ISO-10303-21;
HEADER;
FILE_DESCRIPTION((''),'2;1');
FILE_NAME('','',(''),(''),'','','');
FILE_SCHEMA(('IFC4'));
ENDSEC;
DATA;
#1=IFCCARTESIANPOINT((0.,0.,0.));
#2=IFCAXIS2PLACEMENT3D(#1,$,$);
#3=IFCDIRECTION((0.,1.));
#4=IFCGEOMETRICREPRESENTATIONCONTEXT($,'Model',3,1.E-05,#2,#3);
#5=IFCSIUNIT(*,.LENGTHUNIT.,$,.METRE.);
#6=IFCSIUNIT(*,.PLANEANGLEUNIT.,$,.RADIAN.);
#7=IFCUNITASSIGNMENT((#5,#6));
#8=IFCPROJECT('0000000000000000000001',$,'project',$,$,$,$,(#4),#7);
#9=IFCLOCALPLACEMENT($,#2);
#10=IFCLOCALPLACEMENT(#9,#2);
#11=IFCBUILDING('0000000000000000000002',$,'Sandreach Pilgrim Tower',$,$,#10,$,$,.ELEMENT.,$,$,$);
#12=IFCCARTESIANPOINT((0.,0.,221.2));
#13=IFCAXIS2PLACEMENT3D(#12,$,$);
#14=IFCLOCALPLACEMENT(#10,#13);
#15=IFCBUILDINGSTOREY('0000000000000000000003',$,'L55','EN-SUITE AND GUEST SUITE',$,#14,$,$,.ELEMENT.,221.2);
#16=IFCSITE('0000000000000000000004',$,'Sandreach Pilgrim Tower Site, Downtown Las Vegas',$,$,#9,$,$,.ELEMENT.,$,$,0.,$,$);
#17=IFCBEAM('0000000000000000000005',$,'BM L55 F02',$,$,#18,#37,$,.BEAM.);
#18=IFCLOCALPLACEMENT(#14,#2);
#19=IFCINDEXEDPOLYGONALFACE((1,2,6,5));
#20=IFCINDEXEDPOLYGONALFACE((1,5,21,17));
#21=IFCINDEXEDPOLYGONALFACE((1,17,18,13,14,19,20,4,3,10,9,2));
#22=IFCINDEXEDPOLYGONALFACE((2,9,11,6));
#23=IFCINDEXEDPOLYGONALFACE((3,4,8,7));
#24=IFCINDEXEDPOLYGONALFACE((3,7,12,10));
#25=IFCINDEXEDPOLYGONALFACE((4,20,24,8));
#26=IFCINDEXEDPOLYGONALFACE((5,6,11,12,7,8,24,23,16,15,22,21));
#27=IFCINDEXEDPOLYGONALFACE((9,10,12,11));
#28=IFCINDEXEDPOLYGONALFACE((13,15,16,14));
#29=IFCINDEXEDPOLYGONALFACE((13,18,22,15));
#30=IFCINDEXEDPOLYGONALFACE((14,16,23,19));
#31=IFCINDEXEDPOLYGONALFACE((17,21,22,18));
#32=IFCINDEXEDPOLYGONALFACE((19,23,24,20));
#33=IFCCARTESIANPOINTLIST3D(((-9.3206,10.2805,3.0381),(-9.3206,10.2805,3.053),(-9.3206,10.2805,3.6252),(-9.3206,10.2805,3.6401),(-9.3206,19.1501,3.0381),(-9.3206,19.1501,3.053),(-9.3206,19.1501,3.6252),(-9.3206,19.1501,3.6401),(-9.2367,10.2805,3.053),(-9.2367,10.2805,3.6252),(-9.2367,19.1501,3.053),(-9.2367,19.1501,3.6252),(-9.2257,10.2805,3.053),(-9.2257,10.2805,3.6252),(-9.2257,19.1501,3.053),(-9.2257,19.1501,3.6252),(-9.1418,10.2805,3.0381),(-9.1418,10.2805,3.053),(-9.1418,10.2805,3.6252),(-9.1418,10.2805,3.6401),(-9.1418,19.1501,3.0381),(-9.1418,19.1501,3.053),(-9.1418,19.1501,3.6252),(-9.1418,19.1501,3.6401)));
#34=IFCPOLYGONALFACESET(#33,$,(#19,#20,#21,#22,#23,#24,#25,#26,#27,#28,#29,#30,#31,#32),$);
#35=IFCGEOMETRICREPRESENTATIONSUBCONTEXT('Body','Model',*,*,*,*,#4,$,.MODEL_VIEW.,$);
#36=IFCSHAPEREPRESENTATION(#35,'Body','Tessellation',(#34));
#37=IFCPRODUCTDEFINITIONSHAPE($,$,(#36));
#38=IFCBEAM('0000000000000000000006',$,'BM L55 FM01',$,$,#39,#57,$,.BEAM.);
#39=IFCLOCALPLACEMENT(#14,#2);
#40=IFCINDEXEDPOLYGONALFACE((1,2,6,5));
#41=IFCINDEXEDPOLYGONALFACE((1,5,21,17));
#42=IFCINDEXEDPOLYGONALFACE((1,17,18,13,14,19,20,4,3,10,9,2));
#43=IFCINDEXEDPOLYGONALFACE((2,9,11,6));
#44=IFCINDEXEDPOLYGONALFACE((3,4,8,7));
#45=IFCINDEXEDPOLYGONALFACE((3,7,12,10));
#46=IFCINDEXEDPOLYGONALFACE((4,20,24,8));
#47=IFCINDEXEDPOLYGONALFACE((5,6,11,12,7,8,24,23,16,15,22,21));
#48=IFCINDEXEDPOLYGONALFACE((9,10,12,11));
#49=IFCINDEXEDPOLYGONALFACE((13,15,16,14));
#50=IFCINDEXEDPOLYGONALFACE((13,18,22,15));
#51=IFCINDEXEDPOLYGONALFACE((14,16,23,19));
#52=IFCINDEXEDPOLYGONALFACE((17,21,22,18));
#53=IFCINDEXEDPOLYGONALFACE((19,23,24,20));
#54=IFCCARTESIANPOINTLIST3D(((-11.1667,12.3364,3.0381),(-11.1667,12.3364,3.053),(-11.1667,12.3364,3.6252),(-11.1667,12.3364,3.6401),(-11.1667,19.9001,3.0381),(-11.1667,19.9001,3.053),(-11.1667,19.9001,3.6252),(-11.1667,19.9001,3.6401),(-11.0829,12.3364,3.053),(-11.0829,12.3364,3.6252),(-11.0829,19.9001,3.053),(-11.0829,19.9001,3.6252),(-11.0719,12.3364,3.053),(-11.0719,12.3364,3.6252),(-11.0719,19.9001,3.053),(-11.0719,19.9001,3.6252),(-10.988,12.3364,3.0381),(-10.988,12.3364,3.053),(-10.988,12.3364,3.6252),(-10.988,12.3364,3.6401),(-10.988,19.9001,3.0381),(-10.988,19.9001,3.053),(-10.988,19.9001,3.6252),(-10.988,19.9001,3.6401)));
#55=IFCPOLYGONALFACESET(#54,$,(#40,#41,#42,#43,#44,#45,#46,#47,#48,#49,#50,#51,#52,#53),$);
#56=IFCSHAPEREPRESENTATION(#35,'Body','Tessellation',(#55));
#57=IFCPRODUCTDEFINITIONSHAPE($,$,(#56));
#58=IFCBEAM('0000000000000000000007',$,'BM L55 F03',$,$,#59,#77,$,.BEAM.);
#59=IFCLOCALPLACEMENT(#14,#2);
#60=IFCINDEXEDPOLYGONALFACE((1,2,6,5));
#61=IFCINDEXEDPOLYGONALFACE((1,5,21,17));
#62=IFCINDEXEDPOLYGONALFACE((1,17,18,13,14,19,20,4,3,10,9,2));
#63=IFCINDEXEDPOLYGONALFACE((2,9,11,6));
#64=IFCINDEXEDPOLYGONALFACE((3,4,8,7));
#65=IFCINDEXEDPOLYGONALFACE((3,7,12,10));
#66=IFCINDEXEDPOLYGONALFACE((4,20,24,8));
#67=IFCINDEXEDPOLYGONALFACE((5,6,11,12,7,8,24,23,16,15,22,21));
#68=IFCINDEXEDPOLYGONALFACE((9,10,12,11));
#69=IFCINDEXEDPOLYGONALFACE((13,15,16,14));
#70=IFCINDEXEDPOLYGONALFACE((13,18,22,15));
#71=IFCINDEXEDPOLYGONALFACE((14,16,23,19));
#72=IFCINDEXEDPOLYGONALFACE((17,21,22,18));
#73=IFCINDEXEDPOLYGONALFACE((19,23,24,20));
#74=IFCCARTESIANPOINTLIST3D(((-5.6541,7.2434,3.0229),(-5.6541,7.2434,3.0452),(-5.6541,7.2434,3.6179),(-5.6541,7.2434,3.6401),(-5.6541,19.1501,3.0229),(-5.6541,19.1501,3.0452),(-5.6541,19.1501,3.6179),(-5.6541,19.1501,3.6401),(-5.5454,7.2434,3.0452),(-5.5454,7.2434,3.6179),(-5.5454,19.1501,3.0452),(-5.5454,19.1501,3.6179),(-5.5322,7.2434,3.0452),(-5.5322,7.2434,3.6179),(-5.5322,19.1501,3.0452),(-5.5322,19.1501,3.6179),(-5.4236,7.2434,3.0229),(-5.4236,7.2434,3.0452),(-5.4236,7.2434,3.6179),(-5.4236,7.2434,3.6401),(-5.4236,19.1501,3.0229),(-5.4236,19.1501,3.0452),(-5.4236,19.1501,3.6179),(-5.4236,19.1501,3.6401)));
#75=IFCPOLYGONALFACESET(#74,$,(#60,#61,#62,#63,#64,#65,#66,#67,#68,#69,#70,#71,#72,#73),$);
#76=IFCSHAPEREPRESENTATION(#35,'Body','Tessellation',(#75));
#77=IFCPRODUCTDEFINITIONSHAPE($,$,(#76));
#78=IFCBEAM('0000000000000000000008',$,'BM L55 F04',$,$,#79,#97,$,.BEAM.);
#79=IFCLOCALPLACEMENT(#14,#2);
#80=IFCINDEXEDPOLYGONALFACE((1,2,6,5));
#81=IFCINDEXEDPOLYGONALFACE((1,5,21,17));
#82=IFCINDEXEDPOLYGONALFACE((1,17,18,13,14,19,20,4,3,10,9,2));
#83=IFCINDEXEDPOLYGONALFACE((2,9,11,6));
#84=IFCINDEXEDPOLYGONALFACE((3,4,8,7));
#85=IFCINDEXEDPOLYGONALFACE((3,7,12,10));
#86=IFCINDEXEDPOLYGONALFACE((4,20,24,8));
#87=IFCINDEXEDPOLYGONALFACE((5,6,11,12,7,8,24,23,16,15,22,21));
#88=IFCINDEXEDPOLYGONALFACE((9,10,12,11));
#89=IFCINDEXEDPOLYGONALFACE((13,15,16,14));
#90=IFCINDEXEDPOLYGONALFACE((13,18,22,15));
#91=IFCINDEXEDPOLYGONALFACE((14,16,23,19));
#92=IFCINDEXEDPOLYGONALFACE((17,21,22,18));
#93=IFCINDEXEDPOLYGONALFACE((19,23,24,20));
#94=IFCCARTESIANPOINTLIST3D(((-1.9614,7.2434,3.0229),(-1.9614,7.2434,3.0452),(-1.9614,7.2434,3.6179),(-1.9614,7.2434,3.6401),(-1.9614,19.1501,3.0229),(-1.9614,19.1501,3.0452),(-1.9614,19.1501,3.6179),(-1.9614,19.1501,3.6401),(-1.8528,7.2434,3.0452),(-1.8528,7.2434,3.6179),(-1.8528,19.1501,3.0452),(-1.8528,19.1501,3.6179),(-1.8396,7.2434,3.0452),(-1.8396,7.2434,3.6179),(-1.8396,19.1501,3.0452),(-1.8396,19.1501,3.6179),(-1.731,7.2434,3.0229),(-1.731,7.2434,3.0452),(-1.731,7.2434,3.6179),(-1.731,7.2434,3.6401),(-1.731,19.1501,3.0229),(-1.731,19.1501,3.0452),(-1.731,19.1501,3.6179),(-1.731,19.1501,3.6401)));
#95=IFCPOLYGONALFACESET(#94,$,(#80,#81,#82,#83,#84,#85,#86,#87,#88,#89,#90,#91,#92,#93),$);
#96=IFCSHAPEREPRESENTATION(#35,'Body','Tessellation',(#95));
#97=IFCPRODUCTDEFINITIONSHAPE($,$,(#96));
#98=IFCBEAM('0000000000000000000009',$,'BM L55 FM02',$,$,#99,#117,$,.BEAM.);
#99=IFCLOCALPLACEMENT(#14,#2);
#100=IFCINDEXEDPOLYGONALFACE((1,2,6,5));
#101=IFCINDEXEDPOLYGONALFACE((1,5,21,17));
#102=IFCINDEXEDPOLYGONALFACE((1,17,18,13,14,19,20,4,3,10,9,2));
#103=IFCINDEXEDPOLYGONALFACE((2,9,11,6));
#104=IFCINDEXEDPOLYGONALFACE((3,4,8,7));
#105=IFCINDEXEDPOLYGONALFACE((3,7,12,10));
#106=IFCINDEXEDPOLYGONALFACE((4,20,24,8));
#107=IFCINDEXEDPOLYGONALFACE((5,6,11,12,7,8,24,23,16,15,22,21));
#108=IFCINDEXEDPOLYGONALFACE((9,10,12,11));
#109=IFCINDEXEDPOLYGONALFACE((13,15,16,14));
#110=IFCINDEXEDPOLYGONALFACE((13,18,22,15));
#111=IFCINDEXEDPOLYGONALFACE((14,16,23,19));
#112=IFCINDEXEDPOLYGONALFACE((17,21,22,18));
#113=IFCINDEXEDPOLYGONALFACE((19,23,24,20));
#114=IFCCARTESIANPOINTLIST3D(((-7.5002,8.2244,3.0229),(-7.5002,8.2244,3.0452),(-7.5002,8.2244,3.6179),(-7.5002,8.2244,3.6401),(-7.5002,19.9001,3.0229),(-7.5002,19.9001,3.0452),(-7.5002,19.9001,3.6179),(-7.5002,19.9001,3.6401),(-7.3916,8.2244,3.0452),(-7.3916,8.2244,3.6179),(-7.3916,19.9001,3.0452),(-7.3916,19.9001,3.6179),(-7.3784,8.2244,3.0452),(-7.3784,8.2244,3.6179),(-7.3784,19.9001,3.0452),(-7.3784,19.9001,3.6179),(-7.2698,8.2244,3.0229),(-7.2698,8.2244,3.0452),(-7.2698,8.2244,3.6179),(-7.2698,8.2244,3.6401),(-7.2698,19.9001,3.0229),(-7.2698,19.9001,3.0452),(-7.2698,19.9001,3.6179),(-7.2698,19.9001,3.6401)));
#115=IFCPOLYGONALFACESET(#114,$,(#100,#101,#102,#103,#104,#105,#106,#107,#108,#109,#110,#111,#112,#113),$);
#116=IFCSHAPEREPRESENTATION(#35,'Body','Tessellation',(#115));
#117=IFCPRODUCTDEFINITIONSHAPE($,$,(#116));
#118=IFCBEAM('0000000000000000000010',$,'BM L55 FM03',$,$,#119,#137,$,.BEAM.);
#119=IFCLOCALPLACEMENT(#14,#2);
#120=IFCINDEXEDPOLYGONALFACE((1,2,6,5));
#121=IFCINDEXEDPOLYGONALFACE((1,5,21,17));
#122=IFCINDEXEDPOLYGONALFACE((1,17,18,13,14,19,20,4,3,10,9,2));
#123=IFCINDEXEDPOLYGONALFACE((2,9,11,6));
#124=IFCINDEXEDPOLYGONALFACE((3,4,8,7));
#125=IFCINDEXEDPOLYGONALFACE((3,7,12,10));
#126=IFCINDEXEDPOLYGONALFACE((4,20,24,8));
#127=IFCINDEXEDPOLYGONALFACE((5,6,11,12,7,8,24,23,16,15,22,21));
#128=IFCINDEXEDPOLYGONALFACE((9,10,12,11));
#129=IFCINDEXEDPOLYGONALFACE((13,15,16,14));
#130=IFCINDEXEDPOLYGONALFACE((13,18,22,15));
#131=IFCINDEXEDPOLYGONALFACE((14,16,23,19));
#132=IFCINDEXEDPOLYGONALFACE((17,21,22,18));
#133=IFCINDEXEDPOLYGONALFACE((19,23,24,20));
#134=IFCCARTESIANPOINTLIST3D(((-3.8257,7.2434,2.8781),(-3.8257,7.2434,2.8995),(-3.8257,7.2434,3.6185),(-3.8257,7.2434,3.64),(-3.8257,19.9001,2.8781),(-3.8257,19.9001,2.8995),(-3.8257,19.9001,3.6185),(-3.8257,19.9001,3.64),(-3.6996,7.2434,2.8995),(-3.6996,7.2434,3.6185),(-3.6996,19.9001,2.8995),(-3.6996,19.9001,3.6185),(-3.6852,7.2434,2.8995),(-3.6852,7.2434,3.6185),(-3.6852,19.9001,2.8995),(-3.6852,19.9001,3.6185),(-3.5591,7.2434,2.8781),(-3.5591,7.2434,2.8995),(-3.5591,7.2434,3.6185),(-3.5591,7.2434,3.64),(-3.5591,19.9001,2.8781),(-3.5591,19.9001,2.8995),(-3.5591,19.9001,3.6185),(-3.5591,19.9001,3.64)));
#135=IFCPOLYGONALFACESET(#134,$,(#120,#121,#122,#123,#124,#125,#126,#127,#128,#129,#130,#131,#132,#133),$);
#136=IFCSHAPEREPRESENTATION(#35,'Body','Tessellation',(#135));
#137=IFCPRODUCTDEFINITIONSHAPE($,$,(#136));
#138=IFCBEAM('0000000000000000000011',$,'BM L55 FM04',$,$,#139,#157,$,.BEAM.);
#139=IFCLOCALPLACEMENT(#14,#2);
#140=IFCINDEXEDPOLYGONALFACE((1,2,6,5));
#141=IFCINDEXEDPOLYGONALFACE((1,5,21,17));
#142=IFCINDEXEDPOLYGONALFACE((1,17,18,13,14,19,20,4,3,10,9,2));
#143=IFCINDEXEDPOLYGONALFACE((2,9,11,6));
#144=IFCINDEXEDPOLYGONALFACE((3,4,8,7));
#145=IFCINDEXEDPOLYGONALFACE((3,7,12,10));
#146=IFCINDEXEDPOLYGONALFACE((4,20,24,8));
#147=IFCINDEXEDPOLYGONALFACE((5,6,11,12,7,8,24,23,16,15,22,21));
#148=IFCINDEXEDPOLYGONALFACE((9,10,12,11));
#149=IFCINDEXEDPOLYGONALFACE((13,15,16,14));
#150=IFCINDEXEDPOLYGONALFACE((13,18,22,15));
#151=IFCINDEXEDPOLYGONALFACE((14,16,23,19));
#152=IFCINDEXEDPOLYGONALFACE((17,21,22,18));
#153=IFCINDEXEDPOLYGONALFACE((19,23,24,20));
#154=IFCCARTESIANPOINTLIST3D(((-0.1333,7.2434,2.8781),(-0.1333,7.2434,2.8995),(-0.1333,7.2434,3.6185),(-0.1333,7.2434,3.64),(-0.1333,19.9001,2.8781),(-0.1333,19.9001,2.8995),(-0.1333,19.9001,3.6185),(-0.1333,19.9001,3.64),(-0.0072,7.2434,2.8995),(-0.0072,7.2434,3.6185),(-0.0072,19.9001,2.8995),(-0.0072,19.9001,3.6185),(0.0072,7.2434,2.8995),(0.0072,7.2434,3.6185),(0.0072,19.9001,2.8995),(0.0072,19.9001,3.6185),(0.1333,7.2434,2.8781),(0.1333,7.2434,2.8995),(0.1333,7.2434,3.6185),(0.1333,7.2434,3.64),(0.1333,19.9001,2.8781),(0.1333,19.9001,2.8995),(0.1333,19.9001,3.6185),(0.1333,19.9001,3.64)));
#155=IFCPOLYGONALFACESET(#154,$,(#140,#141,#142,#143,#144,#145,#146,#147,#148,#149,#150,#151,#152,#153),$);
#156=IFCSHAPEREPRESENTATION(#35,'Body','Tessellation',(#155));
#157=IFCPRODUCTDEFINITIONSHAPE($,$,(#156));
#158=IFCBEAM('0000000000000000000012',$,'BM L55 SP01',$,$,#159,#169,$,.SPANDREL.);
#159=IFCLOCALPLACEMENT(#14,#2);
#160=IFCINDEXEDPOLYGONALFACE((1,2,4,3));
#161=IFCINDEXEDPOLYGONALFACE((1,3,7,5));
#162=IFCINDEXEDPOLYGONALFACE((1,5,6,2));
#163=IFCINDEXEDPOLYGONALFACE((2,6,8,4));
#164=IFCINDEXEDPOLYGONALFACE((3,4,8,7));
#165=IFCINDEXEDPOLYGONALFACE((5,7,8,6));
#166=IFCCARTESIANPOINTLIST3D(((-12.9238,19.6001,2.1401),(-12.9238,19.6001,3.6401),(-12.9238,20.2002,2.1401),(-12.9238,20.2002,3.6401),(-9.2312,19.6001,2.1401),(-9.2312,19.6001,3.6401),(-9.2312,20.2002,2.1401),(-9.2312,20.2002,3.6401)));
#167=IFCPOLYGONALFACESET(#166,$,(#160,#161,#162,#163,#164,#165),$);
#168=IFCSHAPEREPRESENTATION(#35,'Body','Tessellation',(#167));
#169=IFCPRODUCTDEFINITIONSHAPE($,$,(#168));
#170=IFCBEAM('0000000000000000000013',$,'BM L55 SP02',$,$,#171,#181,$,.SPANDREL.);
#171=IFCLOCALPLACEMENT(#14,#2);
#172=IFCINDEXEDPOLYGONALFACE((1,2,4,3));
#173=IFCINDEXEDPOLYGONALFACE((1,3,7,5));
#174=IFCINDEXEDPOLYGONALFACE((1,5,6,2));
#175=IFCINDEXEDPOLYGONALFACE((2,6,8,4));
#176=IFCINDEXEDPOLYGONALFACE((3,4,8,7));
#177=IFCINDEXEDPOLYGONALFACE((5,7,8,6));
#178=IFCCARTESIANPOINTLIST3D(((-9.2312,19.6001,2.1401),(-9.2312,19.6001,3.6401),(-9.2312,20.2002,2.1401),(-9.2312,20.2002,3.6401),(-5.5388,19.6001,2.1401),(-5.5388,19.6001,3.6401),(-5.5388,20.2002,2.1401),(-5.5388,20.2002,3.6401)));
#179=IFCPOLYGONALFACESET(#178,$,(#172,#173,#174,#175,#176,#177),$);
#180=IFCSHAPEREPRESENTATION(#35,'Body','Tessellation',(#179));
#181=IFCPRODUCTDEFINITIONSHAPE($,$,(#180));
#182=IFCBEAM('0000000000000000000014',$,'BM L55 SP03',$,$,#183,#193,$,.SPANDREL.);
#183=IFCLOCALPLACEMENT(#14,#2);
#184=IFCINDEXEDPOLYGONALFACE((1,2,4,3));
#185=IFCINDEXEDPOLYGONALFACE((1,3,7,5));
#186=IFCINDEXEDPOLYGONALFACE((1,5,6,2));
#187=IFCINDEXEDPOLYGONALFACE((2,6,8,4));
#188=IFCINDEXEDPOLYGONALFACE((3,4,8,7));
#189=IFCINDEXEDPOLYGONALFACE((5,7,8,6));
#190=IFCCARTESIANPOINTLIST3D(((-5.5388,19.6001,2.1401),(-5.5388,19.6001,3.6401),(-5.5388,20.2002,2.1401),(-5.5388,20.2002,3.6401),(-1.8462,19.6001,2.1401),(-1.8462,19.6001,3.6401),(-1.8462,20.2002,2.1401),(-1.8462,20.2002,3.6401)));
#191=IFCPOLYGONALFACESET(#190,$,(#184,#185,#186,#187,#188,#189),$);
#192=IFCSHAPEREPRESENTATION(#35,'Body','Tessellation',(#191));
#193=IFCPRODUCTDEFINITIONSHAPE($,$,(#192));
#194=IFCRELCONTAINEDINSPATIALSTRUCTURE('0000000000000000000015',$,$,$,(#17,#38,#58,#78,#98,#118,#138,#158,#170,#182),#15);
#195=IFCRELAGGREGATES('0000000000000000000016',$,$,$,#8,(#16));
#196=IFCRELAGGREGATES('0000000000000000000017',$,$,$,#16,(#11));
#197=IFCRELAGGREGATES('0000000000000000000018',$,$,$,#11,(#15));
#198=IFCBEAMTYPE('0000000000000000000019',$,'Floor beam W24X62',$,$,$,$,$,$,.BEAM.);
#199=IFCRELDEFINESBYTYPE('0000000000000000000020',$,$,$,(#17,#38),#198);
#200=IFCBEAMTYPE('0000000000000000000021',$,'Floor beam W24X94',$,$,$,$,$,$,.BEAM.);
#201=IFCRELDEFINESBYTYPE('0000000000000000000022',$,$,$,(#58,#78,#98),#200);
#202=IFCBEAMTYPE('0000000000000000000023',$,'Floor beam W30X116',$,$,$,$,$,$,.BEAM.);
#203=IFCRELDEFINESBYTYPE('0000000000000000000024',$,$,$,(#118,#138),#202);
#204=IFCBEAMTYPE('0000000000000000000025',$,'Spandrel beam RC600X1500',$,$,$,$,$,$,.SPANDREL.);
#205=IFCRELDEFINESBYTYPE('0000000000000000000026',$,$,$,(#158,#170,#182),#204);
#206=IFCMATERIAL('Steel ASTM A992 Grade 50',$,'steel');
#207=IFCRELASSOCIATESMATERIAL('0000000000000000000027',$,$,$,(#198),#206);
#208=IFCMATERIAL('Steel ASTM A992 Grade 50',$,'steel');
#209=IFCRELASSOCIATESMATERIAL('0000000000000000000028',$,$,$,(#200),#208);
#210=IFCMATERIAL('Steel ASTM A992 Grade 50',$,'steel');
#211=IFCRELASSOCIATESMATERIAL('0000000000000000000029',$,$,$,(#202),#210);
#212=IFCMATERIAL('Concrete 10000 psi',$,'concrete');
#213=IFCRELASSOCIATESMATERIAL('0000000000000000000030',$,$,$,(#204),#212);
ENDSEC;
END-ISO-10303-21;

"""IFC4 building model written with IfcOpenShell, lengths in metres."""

from ifc_helpers import new_model, si_unit, direction, frame, origin, origin_2d, place, context, subcontext, project, spatial, rectangle, i_section, extrude, material, material_profile, profile_set, type_object, element, save


model = new_model("IFC4")

# Units and contexts
model_context = context("Model", 3, precision=1e-05, world=origin(), true_north=direction((0.0, 1.0)))
body_context = subcontext(model_context, "Body", "Model", "MODEL_VIEW")
ifc_project = project(units=[si_unit("LENGTHUNIT", "METRE"), si_unit("PLANEANGLEUNIT", "RADIAN")], contexts=[model_context])

# Site, building, storey
site_placement = place(None, origin())
site = spatial("IfcSite", under=ifc_project, at=site_placement, Name="Sandreach Pilgrim Tower Site, Downtown Las Vegas", CompositionType="ELEMENT", RefElevation=0.0)
building_placement = place(site_placement, origin())
building = spatial("IfcBuilding", under=site, at=building_placement, Name="Sandreach Pilgrim Tower", CompositionType="ELEMENT")
storey_placement = place(building_placement, frame((0.0, 0.0, 221.2)))
storey = spatial("IfcBuildingStorey", under=building, at=storey_placement, Name="L55", Description="EN-SUITE AND GUEST SUITE", CompositionType="ELEMENT", Elevation=221.2)

# Beams
ifc_material_1 = material(Name="Steel ASTM A992 Grade 50", Category="steel")
ifc_material_profile_1 = material_profile(ifc_material_1, i_section(OverallWidth=0.1787, OverallDepth=0.6021, WebThickness=0.011, FlangeThickness=0.0149, at=origin_2d()), Name="W24X62")
ifc_profile_set_1 = profile_set([ifc_material_profile_1], Name="Steel ASTM A992 Grade 50")
beam_type_1 = type_object("IfcBeamType", Name="Floor beam W24X62", PredefinedType="BEAM", material=ifc_profile_set_1)
beam_1_placement = place(storey_placement, frame((-9.2312, 19.1501, 3.3391), z_axis=(0.0, -1.0, 0.0), x_axis=(1.0, 0.0, 0.0)))
element("IfcBeam", 1, at=beam_1_placement, inside=storey, type_object=beam_type_1, Name="BM L55 F02", PredefinedType="BEAM", context=body_context, shape_type="SweptSolid", body=[
    extrude(i_section(OverallWidth=0.1787, OverallDepth=0.6021, WebThickness=0.011, FlangeThickness=0.0149, at=origin_2d()), origin(), (0.0, 0.0, 1.0), 8.8696),
])
beam_2_placement = place(storey_placement, frame((-11.0774, 19.9001, 3.3391), z_axis=(0.0, -1.0, 0.0), x_axis=(1.0, 0.0, 0.0)))
element("IfcBeam", 2, at=beam_2_placement, inside=storey, type_object=beam_type_1, Name="BM L55 FM01", PredefinedType="BEAM", context=body_context, shape_type="SweptSolid", body=[
    extrude(i_section(OverallWidth=0.1787, OverallDepth=0.6021, WebThickness=0.011, FlangeThickness=0.0149, at=origin_2d()), origin(), (0.0, 0.0, 1.0), 7.5637),
])
ifc_material_2 = material(Name="Steel ASTM A992 Grade 50", Category="steel")
ifc_material_profile_2 = material_profile(ifc_material_2, i_section(OverallWidth=0.2305, OverallDepth=0.6172, WebThickness=0.0132, FlangeThickness=0.0222, at=origin_2d()), Name="W24X94")
ifc_profile_set_2 = profile_set([ifc_material_profile_2], Name="Steel ASTM A992 Grade 50")
beam_type_2 = type_object("IfcBeamType", Name="Floor beam W24X94", PredefinedType="BEAM", material=ifc_profile_set_2)
for number, where, z_axis, x_axis, name in (
    (3, (-5.5388, 19.1501, 3.3315), (0.0, -1.0, 0.0), (1.0, 0.0, 0.0), "BM L55 F03"),
    (4, (-1.8462, 19.1501, 3.3315), (0.0, -1.0, 0.0), (1.0, 0.0, 0.0), "BM L55 F04"),
):
    element("IfcBeam", number, at=place(storey_placement, frame(where, z_axis=z_axis, x_axis=x_axis)), inside=storey, type_object=beam_type_2, Name=name, PredefinedType="BEAM", context=body_context, shape_type="SweptSolid", body=[
        extrude(i_section(OverallWidth=0.2305, OverallDepth=0.6172, WebThickness=0.0132, FlangeThickness=0.0222, at=origin_2d()), origin(), (0.0, 0.0, 1.0), 11.9067),
    ])
beam_3_placement = place(storey_placement, frame((-7.385, 19.9001, 3.3315), z_axis=(0.0, -1.0, 0.0), x_axis=(1.0, 0.0, 0.0)))
element("IfcBeam", 5, at=beam_3_placement, inside=storey, type_object=beam_type_2, Name="BM L55 FM02", PredefinedType="BEAM", context=body_context, shape_type="SweptSolid", body=[
    extrude(i_section(OverallWidth=0.2305, OverallDepth=0.6172, WebThickness=0.0132, FlangeThickness=0.0222, at=origin_2d()), origin(), (0.0, 0.0, 1.0), 11.6758),
])
ifc_material_3 = material(Name="Steel ASTM A992 Grade 50", Category="steel")
ifc_material_profile_3 = material_profile(ifc_material_3, i_section(OverallWidth=0.2666, OverallDepth=0.762, WebThickness=0.0144, FlangeThickness=0.0215, at=origin_2d()), Name="W30X116")
ifc_profile_set_3 = profile_set([ifc_material_profile_3], Name="Steel ASTM A992 Grade 50")
beam_type_3 = type_object("IfcBeamType", Name="Floor beam W30X116", PredefinedType="BEAM", material=ifc_profile_set_3)
for number, where, z_axis, x_axis, name in (
    (6, (-3.6924, 19.9001, 3.259), (0.0, -1.0, 0.0), (1.0, 0.0, 0.0), "BM L55 FM03"),
    (7, (0.0, 19.9001, 3.259), (0.0, -1.0, 0.0), (1.0, 0.0, 0.0), "BM L55 FM04"),
):
    element("IfcBeam", number, at=place(storey_placement, frame(where, z_axis=z_axis, x_axis=x_axis)), inside=storey, type_object=beam_type_3, Name=name, PredefinedType="BEAM", context=body_context, shape_type="SweptSolid", body=[
        extrude(i_section(OverallWidth=0.2666, OverallDepth=0.762, WebThickness=0.0144, FlangeThickness=0.0215, at=origin_2d()), origin(), (0.0, 0.0, 1.0), 12.6567),
    ])
ifc_material_4 = material(Name="Concrete 10000 psi", Category="concrete")
ifc_material_profile_4 = material_profile(ifc_material_4, rectangle(XDim=0.6001, YDim=1.5, at=origin_2d()), Name="RC600X1500")
ifc_profile_set_4 = profile_set([ifc_material_profile_4], Name="Concrete 10000 psi")
beam_type_4 = type_object("IfcBeamType", Name="Spandrel beam RC600X1500", PredefinedType="SPANDREL", material=ifc_profile_set_4)
beam_4_placement = place(storey_placement, frame((-12.9238, 19.9001, 2.8901), z_axis=(1.0, 0.0, 0.0), x_axis=(0.0, 1.0, 0.0)))
element("IfcBeam", 8, at=beam_4_placement, inside=storey, type_object=beam_type_4, Name="BM L55 SP01", PredefinedType="SPANDREL", context=body_context, shape_type="SweptSolid", body=[
    extrude(rectangle(XDim=0.6001, YDim=1.5, at=origin_2d()), origin(), (0.0, 0.0, 1.0), 3.6926),
])
beam_5_placement = place(storey_placement, frame((-9.2312, 19.9001, 2.8901), z_axis=(1.0, 0.0, 0.0), x_axis=(0.0, 1.0, 0.0)))
element("IfcBeam", 9, at=beam_5_placement, inside=storey, type_object=beam_type_4, Name="BM L55 SP02", PredefinedType="SPANDREL", context=body_context, shape_type="SweptSolid", body=[
    extrude(rectangle(XDim=0.6001, YDim=1.5, at=origin_2d()), origin(), (0.0, 0.0, 1.0), 3.6924),
])
beam_6_placement = place(storey_placement, frame((-5.5388, 19.9001, 2.8901), z_axis=(1.0, 0.0, 0.0), x_axis=(0.0, 1.0, 0.0)))
element("IfcBeam", 10, at=beam_6_placement, inside=storey, type_object=beam_type_4, Name="BM L55 SP03", PredefinedType="SPANDREL", context=body_context, shape_type="SweptSolid", body=[
    extrude(rectangle(XDim=0.6001, YDim=1.5, at=origin_2d()), origin(), (0.0, 0.0, 1.0), 3.6926),
])

save(model, "model.ifc")
